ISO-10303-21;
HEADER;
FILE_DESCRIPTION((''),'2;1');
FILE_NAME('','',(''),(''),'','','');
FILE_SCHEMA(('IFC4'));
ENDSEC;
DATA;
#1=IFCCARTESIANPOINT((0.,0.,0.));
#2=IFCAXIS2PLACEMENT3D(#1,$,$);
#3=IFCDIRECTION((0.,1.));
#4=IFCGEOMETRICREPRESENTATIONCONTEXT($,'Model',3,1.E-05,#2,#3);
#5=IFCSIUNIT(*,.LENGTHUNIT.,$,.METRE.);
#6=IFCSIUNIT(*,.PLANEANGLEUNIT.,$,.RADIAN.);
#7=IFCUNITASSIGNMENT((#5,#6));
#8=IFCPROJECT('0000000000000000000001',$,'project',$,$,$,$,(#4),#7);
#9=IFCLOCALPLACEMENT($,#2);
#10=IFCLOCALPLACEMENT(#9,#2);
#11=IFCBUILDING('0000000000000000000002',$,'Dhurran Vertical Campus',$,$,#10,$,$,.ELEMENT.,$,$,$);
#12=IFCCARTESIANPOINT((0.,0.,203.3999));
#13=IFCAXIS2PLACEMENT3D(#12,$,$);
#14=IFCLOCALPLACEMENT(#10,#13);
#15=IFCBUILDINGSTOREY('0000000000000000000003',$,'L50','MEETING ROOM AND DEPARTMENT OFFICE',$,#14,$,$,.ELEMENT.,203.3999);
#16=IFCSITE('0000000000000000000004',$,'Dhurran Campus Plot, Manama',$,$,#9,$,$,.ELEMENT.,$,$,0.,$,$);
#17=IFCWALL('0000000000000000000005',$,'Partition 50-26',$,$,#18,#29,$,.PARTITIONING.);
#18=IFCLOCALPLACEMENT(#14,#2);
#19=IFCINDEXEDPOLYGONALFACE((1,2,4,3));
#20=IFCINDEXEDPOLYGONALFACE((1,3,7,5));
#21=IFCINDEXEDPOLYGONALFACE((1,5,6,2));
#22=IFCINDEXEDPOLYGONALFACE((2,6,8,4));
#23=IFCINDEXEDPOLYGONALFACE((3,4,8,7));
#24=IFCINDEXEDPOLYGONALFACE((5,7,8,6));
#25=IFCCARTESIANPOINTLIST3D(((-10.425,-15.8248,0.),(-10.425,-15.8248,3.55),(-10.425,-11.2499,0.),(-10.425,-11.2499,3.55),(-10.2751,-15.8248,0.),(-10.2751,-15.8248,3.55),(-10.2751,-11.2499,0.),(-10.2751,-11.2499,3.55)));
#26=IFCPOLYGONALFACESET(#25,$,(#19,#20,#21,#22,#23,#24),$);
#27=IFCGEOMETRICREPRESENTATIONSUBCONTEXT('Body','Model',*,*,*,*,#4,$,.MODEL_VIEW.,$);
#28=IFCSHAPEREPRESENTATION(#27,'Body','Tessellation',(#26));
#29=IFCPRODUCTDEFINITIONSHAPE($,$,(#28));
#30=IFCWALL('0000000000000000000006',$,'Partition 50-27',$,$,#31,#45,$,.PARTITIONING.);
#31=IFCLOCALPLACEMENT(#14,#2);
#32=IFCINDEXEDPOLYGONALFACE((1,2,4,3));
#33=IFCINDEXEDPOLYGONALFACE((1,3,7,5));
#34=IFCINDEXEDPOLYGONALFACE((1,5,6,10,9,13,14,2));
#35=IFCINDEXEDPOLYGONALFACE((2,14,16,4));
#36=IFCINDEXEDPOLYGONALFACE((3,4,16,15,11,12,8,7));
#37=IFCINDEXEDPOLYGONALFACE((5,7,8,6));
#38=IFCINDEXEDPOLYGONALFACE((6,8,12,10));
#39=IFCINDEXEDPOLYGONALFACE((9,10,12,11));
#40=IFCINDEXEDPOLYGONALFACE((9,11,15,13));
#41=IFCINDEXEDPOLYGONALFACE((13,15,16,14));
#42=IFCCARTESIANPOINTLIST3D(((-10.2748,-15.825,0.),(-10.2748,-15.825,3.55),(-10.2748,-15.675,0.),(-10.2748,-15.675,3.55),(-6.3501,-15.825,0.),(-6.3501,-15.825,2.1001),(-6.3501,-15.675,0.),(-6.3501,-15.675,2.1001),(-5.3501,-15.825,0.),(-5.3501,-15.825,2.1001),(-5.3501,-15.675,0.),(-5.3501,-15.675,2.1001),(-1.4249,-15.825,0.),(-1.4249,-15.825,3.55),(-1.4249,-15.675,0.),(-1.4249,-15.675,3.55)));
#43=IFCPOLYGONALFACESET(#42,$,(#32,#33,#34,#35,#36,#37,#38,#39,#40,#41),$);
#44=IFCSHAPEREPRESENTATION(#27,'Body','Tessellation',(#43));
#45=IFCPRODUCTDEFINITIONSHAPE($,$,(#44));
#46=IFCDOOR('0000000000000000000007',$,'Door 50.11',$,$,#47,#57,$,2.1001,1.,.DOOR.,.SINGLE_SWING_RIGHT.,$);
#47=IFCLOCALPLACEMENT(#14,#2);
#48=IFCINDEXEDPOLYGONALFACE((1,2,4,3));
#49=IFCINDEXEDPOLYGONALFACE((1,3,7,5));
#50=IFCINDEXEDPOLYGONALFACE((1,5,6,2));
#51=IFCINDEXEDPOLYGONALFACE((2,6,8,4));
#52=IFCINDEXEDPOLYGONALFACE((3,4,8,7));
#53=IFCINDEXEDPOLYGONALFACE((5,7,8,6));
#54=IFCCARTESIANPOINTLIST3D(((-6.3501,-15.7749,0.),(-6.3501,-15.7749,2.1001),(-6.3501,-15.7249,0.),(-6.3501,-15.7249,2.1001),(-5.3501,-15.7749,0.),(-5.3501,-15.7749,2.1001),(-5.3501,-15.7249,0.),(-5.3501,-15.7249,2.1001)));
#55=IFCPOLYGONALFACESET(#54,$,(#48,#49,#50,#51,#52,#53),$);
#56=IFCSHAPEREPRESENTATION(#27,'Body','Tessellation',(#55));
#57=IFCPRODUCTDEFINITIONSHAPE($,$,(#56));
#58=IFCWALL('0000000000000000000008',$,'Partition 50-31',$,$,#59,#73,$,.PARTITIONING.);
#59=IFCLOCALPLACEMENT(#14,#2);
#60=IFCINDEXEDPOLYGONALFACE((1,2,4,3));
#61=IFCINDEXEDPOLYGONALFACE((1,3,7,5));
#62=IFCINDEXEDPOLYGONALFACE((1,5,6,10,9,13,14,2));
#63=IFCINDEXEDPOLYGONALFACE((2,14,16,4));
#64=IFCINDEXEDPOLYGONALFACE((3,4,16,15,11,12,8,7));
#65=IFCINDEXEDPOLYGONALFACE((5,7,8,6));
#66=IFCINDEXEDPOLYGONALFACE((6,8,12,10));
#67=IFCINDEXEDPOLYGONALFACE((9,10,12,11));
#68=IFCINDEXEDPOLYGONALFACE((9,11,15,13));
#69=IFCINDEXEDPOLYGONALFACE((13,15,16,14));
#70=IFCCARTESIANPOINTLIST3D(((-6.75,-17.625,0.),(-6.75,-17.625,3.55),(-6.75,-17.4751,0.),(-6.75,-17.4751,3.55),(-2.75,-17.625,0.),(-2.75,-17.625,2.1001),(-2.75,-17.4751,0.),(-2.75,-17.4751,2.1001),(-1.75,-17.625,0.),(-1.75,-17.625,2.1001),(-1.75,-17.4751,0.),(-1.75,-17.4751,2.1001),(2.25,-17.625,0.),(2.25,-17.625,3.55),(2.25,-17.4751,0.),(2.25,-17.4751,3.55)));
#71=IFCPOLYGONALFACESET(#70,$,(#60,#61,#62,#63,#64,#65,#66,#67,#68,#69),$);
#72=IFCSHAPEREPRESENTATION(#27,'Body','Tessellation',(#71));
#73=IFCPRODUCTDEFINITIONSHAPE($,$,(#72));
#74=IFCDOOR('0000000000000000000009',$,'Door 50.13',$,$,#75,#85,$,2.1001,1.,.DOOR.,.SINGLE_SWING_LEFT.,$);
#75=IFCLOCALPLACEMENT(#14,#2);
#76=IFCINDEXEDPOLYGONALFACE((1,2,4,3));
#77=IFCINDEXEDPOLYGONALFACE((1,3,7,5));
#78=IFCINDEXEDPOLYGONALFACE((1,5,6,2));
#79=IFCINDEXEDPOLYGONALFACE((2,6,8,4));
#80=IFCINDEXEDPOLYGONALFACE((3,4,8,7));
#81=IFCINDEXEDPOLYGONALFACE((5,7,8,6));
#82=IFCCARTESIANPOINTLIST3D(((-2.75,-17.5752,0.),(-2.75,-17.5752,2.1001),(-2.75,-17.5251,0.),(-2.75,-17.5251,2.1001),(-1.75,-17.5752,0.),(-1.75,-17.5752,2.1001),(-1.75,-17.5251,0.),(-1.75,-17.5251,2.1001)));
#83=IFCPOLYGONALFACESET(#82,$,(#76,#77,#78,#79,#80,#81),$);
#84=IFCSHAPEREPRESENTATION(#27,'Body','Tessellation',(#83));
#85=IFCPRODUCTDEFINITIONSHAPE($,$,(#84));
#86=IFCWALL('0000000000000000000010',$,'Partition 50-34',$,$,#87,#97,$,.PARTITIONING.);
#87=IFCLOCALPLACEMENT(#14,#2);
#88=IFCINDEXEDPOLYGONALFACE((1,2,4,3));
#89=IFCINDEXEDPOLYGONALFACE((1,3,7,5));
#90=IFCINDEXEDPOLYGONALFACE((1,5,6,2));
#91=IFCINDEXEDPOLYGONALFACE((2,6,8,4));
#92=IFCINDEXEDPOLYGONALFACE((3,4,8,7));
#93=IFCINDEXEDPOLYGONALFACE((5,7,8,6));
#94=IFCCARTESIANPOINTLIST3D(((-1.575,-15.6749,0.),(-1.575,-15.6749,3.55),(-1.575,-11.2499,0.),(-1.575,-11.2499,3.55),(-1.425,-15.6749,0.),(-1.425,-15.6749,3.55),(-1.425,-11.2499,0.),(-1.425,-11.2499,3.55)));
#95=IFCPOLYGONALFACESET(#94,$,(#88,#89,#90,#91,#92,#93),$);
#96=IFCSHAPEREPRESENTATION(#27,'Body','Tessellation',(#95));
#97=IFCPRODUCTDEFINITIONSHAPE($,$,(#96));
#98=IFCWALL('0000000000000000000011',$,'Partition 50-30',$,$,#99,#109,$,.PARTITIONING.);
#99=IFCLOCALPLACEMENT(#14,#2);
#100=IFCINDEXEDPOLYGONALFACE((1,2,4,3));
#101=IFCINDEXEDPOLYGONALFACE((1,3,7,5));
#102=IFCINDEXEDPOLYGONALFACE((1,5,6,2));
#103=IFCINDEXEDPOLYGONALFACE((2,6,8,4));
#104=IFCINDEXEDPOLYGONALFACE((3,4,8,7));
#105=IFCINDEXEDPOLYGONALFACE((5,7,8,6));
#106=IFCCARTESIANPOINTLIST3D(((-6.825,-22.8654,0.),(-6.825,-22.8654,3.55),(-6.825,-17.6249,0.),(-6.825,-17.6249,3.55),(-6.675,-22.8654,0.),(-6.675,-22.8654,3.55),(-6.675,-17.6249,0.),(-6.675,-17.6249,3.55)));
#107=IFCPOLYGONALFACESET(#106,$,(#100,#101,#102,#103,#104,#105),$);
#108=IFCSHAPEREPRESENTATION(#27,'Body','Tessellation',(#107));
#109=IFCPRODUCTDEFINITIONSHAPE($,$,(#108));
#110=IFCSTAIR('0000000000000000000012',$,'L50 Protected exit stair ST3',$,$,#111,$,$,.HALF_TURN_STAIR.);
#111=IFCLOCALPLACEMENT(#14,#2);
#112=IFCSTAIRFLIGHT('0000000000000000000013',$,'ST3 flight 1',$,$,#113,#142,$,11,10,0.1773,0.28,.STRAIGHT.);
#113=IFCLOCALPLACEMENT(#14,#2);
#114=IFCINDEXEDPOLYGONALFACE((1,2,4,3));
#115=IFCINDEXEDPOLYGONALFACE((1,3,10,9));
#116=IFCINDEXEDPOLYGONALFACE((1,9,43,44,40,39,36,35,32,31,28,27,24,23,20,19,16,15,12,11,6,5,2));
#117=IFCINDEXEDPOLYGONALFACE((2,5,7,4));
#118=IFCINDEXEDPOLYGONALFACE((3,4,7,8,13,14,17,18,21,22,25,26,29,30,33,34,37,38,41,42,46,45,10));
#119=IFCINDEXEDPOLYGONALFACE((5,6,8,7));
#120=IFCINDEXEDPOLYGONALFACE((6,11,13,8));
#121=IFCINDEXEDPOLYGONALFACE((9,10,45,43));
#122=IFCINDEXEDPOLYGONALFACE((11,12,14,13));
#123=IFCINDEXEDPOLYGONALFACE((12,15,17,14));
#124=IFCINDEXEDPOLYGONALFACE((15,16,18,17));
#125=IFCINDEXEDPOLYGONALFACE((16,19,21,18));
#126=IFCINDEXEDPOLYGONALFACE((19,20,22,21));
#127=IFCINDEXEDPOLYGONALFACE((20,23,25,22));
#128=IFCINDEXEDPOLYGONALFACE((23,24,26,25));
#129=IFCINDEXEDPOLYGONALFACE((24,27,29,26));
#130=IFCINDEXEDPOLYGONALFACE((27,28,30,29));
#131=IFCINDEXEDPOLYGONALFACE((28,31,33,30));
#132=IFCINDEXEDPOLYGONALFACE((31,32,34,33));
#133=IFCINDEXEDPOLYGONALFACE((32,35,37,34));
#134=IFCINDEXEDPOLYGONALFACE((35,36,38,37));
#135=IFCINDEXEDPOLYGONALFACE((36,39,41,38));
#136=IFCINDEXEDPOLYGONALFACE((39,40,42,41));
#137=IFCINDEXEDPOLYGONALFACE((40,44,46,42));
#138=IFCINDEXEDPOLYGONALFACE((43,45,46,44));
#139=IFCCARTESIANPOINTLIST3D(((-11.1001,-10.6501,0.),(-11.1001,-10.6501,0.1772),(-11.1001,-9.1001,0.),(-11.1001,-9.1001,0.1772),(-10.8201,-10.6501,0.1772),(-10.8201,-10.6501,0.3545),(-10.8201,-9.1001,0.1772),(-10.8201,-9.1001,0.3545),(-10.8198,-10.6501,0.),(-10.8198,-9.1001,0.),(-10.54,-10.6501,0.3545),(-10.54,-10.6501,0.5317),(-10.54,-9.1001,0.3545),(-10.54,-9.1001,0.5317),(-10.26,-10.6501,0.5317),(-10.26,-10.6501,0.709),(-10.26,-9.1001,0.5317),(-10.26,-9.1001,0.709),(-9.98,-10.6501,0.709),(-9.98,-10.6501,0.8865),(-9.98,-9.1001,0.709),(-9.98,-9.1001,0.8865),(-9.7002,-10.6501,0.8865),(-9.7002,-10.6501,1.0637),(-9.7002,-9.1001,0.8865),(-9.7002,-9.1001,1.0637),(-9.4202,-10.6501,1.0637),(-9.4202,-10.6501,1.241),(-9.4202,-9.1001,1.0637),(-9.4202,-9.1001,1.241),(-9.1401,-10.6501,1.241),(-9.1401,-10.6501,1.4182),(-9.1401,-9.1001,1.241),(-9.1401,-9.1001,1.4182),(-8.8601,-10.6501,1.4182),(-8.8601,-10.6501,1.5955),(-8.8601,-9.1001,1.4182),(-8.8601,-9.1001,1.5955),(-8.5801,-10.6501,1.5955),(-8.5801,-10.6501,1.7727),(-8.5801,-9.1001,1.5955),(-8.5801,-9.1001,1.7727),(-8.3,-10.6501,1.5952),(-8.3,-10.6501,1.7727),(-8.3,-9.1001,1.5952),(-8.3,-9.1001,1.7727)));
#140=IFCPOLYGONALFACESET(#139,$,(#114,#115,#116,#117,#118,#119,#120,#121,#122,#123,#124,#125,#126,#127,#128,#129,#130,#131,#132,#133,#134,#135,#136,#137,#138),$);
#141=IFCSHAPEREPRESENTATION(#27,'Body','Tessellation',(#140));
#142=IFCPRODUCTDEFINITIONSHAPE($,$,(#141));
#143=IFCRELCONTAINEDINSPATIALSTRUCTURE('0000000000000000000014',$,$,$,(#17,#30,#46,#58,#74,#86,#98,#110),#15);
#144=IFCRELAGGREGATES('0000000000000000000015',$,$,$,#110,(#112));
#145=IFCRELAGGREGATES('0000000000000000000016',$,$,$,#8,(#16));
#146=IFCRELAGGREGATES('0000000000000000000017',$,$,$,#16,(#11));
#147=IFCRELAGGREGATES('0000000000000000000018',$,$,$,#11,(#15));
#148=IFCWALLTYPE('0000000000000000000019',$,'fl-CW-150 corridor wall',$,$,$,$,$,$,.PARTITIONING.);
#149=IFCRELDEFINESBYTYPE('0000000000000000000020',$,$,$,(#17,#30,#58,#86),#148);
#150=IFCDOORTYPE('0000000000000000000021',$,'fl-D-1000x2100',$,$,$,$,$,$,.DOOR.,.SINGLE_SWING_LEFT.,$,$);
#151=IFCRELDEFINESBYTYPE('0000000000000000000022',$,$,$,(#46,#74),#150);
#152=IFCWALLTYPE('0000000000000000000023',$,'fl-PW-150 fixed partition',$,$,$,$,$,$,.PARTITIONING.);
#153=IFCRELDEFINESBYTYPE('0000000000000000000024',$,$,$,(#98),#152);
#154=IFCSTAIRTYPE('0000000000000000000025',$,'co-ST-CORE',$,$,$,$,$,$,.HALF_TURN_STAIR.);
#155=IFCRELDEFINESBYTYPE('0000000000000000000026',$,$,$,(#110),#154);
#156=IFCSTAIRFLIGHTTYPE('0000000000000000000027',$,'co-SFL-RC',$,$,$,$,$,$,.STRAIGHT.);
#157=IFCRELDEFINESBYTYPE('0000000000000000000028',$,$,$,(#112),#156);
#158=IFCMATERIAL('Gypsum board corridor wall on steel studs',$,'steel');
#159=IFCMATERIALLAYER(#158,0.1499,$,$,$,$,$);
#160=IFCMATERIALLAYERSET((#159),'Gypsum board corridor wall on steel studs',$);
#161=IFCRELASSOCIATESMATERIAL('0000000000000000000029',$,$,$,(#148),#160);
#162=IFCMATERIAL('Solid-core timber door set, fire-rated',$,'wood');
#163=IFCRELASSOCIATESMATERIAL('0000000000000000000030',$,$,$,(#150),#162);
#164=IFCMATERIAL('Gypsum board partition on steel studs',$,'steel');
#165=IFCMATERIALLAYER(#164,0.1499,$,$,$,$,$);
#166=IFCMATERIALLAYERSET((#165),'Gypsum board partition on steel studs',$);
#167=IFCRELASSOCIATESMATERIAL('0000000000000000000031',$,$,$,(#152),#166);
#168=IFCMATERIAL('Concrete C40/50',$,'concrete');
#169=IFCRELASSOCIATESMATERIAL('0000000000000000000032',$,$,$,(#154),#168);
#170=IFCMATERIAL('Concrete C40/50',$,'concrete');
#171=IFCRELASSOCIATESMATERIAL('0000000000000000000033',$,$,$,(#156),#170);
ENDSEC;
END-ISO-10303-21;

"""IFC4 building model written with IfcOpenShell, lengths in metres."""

from ifc_helpers import new_model, si_unit, direction, frame, frame_2d, origin, place, context, subcontext, project, spatial, polyline, rectangle, outline, extrude, material, layer, layer_set, type_object, element, fill, aggregate, save


model = new_model("IFC4")

# Units and contexts
model_context = context("Model", 3, precision=1e-05, world=origin(), true_north=direction((0.0, 1.0)))
body_context = subcontext(model_context, "Body", "Model", "MODEL_VIEW")
ifc_project = project(units=[si_unit("LENGTHUNIT", "METRE"), si_unit("PLANEANGLEUNIT", "RADIAN")], contexts=[model_context])

# Site, building, storey
site_placement = place(None, origin())
site = spatial("IfcSite", under=ifc_project, at=site_placement, Name="Dhurran Campus Plot, Manama", CompositionType="ELEMENT", RefElevation=0.0)
building_placement = place(site_placement, origin())
building = spatial("IfcBuilding", under=site, at=building_placement, Name="Dhurran Vertical Campus", CompositionType="ELEMENT")
storey_placement = place(building_placement, frame((0.0, 0.0, 203.3999)))
storey = spatial("IfcBuildingStorey", under=building, at=storey_placement, Name="L50", Description="MEETING ROOM AND DEPARTMENT OFFICE", CompositionType="ELEMENT", Elevation=203.3999)

# Wall
ifc_material_1 = material(Name="Gypsum board corridor wall on steel studs", Category="steel")
ifc_layer_1 = layer(ifc_material_1, 0.1499)
ifc_layer_set_1 = layer_set([ifc_layer_1], Name="Gypsum board corridor wall on steel studs")
wall_type_1 = type_object("IfcWallType", Name="fl-CW-150 corridor wall", PredefinedType="PARTITIONING", material=ifc_layer_set_1)
wall_1_placement = place(storey_placement, frame((-10.3501, -15.825, 0.0), z_axis=(0.0, 0.0, 1.0), x_axis=(0.0, 1.0, 0.0)))
element("IfcWall", 1, at=wall_1_placement, inside=storey, type_object=wall_type_1, Name="Partition 50-26", PredefinedType="PARTITIONING", context=body_context, shape_type="SweptSolid", body=[
    extrude(rectangle(XDim=4.575, YDim=0.1499, at=frame_2d((2.2876, 0.0))), origin(), (0.0, 0.0, 1.0), 3.55),
])

# Walls, openings, doors
wall_2_placement = place(storey_placement, frame((-1.425, -15.75, 0.0), z_axis=(0.0, 0.0, 1.0), x_axis=(-1.0, 0.0, 0.0)))
wall_2 = element("IfcWall", 2, at=wall_2_placement, inside=storey, type_object=wall_type_1, Name="Partition 50-27", PredefinedType="PARTITIONING", context=body_context, shape_type="SweptSolid", body=[
    extrude(rectangle(XDim=8.8499, YDim=0.1499, at=frame_2d((4.4248, 0.0))), origin(), (0.0, 0.0, 1.0), 3.55),
])
opening_1_placement = place(wall_2_placement, frame((3.925, 0.0, 0.0)))
opening_1 = element("IfcOpeningElement", 3, at=opening_1_placement, cuts=wall_2, PredefinedType="OPENING", context=body_context, shape_type="SweptSolid", body=[
    extrude(rectangle(XDim=1.0, YDim=2.1001, at=frame_2d((0.5, 1.05))), frame((0.0, 0.085, 0.0), z_axis=(0.0, -1.0, 0.0), x_axis=(1.0, 0.0, 0.0)), (0.0, 0.0, 1.0), 0.1699),
])
ifc_material_2 = material(Name="Solid-core timber door set, fire-rated", Category="wood")
door_type_1 = type_object("IfcDoorType", Name="fl-D-1000x2100", OperationType="SINGLE_SWING_LEFT", PredefinedType="DOOR", material=ifc_material_2)
door_1_placement = place(opening_1_placement, origin())
door_1 = element("IfcDoor", 4, at=door_1_placement, inside=storey, type_object=door_type_1, Name="Door 50.11", OperationType="SINGLE_SWING_RIGHT", OverallHeight=2.1001, OverallWidth=1.0, PredefinedType="DOOR", context=body_context, shape_type="SweptSolid", body=[
    extrude(rectangle(XDim=1.0, YDim=2.1001, at=frame_2d((0.5, 1.05))), frame((0.0, 0.0249, 0.0), z_axis=(0.0, -1.0, 0.0), x_axis=(1.0, 0.0, 0.0)), (0.0, 0.0, 1.0), 0.05),
])
fill(opening_1, door_1)
wall_3_placement = place(storey_placement, frame((-6.75, -17.55, 0.0), z_axis=(0.0, 0.0, 1.0), x_axis=(1.0, 0.0, 0.0)))
wall_3 = element("IfcWall", 5, at=wall_3_placement, inside=storey, type_object=wall_type_1, Name="Partition 50-31", PredefinedType="PARTITIONING", context=body_context, shape_type="SweptSolid", body=[
    extrude(rectangle(XDim=9.0, YDim=0.1499, at=frame_2d((4.5, 0.0))), origin(), (0.0, 0.0, 1.0), 3.55),
])
opening_2_placement = place(wall_3_placement, frame((4.0, 0.0, 0.0)))
opening_2 = element("IfcOpeningElement", 6, at=opening_2_placement, cuts=wall_3, PredefinedType="OPENING", context=body_context, shape_type="SweptSolid", body=[
    extrude(rectangle(XDim=1.0, YDim=2.1001, at=frame_2d((0.5, 1.05))), frame((0.0, 0.085, 0.0), z_axis=(0.0, -1.0, 0.0), x_axis=(1.0, 0.0, 0.0)), (0.0, 0.0, 1.0), 0.1699),
])
door_2_placement = place(opening_2_placement, origin())
door_2 = element("IfcDoor", 7, at=door_2_placement, inside=storey, type_object=door_type_1, Name="Door 50.13", OperationType="SINGLE_SWING_LEFT", OverallHeight=2.1001, OverallWidth=1.0, PredefinedType="DOOR", context=body_context, shape_type="SweptSolid", body=[
    extrude(rectangle(XDim=1.0, YDim=2.1001, at=frame_2d((0.5, 1.05))), frame((0.0, 0.0249, 0.0), z_axis=(0.0, -1.0, 0.0), x_axis=(1.0, 0.0, 0.0)), (0.0, 0.0, 1.0), 0.05),
])
fill(opening_2, door_2)

# Walls
wall_4_placement = place(storey_placement, frame((-1.5, -11.25, 0.0), z_axis=(0.0, 0.0, 1.0), x_axis=(0.0, -1.0, 0.0)))
element("IfcWall", 8, at=wall_4_placement, inside=storey, type_object=wall_type_1, Name="Partition 50-34", PredefinedType="PARTITIONING", context=body_context, shape_type="SweptSolid", body=[
    extrude(rectangle(XDim=4.425, YDim=0.1499, at=frame_2d((2.2124, 0.0))), origin(), (0.0, 0.0, 1.0), 3.55),
])
ifc_material_3 = material(Name="Gypsum board partition on steel studs", Category="steel")
ifc_layer_2 = layer(ifc_material_3, 0.1499)
ifc_layer_set_2 = layer_set([ifc_layer_2], Name="Gypsum board partition on steel studs")
wall_type_2 = type_object("IfcWallType", Name="fl-PW-150 fixed partition", PredefinedType="PARTITIONING", material=ifc_layer_set_2)
wall_5_placement = place(storey_placement, frame((-6.75, -17.625, 0.0), z_axis=(0.0, 0.0, 1.0), x_axis=(0.0, -1.0, 0.0)))
element("IfcWall", 9, at=wall_5_placement, inside=storey, type_object=wall_type_2, Name="Partition 50-30", PredefinedType="PARTITIONING", context=body_context, shape_type="SweptSolid", body=[
    extrude(rectangle(XDim=5.2405, YDim=0.1499, at=frame_2d((2.6201, 0.0))), origin(), (0.0, 0.0, 1.0), 3.55),
])

# Stair, stair flight
ifc_material_4 = material(Name="Concrete C40/50", Category="concrete")
stair_type = type_object("IfcStairType", Name="co-ST-CORE", PredefinedType="HALF_TURN_STAIR", material=ifc_material_4)
stair_placement = place(storey_placement, origin())
stair = element("IfcStair", 10, at=stair_placement, inside=storey, type_object=stair_type, Name="L50 Protected exit stair ST3", PredefinedType="HALF_TURN_STAIR")
ifc_material_5 = material(Name="Concrete C40/50", Category="concrete")
stair_flight_type = type_object("IfcStairFlightType", Name="co-SFL-RC", PredefinedType="STRAIGHT", material=ifc_material_5)
stair_flight_placement = place(storey_placement, frame((-11.1001, -9.875, 0.0), z_axis=(0.0, 0.0, 1.0), x_axis=(1.0, 0.0, 0.0)))
stair_flight = element("IfcStairFlight", 11, at=stair_flight_placement, type_object=stair_flight_type, Name="ST3 flight 1", NumberOfRisers=11, NumberOfTreads=10, PredefinedType="STRAIGHT", RiserHeight=0.1773, TreadLength=0.28, context=body_context, shape_type="SweptSolid", body=[
    extrude(outline(polyline([(0.0, 0.0), (0.0, 0.1772), (0.28, 0.1772), (0.28, 0.3545), (0.5601, 0.3545), (0.5601, 0.5317), (0.8401, 0.5317), (0.8401, 0.709), (1.1201, 0.709), (1.1201, 0.8865), (1.3999, 0.8865), (1.3999, 1.0637), (1.6799, 1.0637), (1.6799, 1.241), (1.96, 1.241), (1.96, 1.4182), (2.24, 1.4182), (2.24, 1.5955), (2.52, 1.5955), (2.52, 1.7727), (2.8, 1.7727), (2.8, 1.95), (2.8, 1.5952), (0.2803, 0.0), (0.0, 0.0)])), frame((0.0, 0.7749, 0.0), z_axis=(0.0, -1.0, 0.0), x_axis=(1.0, 0.0, 0.0)), (0.0, 0.0, 1.0), 1.55),
])
aggregate(stair, [stair_flight])

save(model, "model.ifc")
